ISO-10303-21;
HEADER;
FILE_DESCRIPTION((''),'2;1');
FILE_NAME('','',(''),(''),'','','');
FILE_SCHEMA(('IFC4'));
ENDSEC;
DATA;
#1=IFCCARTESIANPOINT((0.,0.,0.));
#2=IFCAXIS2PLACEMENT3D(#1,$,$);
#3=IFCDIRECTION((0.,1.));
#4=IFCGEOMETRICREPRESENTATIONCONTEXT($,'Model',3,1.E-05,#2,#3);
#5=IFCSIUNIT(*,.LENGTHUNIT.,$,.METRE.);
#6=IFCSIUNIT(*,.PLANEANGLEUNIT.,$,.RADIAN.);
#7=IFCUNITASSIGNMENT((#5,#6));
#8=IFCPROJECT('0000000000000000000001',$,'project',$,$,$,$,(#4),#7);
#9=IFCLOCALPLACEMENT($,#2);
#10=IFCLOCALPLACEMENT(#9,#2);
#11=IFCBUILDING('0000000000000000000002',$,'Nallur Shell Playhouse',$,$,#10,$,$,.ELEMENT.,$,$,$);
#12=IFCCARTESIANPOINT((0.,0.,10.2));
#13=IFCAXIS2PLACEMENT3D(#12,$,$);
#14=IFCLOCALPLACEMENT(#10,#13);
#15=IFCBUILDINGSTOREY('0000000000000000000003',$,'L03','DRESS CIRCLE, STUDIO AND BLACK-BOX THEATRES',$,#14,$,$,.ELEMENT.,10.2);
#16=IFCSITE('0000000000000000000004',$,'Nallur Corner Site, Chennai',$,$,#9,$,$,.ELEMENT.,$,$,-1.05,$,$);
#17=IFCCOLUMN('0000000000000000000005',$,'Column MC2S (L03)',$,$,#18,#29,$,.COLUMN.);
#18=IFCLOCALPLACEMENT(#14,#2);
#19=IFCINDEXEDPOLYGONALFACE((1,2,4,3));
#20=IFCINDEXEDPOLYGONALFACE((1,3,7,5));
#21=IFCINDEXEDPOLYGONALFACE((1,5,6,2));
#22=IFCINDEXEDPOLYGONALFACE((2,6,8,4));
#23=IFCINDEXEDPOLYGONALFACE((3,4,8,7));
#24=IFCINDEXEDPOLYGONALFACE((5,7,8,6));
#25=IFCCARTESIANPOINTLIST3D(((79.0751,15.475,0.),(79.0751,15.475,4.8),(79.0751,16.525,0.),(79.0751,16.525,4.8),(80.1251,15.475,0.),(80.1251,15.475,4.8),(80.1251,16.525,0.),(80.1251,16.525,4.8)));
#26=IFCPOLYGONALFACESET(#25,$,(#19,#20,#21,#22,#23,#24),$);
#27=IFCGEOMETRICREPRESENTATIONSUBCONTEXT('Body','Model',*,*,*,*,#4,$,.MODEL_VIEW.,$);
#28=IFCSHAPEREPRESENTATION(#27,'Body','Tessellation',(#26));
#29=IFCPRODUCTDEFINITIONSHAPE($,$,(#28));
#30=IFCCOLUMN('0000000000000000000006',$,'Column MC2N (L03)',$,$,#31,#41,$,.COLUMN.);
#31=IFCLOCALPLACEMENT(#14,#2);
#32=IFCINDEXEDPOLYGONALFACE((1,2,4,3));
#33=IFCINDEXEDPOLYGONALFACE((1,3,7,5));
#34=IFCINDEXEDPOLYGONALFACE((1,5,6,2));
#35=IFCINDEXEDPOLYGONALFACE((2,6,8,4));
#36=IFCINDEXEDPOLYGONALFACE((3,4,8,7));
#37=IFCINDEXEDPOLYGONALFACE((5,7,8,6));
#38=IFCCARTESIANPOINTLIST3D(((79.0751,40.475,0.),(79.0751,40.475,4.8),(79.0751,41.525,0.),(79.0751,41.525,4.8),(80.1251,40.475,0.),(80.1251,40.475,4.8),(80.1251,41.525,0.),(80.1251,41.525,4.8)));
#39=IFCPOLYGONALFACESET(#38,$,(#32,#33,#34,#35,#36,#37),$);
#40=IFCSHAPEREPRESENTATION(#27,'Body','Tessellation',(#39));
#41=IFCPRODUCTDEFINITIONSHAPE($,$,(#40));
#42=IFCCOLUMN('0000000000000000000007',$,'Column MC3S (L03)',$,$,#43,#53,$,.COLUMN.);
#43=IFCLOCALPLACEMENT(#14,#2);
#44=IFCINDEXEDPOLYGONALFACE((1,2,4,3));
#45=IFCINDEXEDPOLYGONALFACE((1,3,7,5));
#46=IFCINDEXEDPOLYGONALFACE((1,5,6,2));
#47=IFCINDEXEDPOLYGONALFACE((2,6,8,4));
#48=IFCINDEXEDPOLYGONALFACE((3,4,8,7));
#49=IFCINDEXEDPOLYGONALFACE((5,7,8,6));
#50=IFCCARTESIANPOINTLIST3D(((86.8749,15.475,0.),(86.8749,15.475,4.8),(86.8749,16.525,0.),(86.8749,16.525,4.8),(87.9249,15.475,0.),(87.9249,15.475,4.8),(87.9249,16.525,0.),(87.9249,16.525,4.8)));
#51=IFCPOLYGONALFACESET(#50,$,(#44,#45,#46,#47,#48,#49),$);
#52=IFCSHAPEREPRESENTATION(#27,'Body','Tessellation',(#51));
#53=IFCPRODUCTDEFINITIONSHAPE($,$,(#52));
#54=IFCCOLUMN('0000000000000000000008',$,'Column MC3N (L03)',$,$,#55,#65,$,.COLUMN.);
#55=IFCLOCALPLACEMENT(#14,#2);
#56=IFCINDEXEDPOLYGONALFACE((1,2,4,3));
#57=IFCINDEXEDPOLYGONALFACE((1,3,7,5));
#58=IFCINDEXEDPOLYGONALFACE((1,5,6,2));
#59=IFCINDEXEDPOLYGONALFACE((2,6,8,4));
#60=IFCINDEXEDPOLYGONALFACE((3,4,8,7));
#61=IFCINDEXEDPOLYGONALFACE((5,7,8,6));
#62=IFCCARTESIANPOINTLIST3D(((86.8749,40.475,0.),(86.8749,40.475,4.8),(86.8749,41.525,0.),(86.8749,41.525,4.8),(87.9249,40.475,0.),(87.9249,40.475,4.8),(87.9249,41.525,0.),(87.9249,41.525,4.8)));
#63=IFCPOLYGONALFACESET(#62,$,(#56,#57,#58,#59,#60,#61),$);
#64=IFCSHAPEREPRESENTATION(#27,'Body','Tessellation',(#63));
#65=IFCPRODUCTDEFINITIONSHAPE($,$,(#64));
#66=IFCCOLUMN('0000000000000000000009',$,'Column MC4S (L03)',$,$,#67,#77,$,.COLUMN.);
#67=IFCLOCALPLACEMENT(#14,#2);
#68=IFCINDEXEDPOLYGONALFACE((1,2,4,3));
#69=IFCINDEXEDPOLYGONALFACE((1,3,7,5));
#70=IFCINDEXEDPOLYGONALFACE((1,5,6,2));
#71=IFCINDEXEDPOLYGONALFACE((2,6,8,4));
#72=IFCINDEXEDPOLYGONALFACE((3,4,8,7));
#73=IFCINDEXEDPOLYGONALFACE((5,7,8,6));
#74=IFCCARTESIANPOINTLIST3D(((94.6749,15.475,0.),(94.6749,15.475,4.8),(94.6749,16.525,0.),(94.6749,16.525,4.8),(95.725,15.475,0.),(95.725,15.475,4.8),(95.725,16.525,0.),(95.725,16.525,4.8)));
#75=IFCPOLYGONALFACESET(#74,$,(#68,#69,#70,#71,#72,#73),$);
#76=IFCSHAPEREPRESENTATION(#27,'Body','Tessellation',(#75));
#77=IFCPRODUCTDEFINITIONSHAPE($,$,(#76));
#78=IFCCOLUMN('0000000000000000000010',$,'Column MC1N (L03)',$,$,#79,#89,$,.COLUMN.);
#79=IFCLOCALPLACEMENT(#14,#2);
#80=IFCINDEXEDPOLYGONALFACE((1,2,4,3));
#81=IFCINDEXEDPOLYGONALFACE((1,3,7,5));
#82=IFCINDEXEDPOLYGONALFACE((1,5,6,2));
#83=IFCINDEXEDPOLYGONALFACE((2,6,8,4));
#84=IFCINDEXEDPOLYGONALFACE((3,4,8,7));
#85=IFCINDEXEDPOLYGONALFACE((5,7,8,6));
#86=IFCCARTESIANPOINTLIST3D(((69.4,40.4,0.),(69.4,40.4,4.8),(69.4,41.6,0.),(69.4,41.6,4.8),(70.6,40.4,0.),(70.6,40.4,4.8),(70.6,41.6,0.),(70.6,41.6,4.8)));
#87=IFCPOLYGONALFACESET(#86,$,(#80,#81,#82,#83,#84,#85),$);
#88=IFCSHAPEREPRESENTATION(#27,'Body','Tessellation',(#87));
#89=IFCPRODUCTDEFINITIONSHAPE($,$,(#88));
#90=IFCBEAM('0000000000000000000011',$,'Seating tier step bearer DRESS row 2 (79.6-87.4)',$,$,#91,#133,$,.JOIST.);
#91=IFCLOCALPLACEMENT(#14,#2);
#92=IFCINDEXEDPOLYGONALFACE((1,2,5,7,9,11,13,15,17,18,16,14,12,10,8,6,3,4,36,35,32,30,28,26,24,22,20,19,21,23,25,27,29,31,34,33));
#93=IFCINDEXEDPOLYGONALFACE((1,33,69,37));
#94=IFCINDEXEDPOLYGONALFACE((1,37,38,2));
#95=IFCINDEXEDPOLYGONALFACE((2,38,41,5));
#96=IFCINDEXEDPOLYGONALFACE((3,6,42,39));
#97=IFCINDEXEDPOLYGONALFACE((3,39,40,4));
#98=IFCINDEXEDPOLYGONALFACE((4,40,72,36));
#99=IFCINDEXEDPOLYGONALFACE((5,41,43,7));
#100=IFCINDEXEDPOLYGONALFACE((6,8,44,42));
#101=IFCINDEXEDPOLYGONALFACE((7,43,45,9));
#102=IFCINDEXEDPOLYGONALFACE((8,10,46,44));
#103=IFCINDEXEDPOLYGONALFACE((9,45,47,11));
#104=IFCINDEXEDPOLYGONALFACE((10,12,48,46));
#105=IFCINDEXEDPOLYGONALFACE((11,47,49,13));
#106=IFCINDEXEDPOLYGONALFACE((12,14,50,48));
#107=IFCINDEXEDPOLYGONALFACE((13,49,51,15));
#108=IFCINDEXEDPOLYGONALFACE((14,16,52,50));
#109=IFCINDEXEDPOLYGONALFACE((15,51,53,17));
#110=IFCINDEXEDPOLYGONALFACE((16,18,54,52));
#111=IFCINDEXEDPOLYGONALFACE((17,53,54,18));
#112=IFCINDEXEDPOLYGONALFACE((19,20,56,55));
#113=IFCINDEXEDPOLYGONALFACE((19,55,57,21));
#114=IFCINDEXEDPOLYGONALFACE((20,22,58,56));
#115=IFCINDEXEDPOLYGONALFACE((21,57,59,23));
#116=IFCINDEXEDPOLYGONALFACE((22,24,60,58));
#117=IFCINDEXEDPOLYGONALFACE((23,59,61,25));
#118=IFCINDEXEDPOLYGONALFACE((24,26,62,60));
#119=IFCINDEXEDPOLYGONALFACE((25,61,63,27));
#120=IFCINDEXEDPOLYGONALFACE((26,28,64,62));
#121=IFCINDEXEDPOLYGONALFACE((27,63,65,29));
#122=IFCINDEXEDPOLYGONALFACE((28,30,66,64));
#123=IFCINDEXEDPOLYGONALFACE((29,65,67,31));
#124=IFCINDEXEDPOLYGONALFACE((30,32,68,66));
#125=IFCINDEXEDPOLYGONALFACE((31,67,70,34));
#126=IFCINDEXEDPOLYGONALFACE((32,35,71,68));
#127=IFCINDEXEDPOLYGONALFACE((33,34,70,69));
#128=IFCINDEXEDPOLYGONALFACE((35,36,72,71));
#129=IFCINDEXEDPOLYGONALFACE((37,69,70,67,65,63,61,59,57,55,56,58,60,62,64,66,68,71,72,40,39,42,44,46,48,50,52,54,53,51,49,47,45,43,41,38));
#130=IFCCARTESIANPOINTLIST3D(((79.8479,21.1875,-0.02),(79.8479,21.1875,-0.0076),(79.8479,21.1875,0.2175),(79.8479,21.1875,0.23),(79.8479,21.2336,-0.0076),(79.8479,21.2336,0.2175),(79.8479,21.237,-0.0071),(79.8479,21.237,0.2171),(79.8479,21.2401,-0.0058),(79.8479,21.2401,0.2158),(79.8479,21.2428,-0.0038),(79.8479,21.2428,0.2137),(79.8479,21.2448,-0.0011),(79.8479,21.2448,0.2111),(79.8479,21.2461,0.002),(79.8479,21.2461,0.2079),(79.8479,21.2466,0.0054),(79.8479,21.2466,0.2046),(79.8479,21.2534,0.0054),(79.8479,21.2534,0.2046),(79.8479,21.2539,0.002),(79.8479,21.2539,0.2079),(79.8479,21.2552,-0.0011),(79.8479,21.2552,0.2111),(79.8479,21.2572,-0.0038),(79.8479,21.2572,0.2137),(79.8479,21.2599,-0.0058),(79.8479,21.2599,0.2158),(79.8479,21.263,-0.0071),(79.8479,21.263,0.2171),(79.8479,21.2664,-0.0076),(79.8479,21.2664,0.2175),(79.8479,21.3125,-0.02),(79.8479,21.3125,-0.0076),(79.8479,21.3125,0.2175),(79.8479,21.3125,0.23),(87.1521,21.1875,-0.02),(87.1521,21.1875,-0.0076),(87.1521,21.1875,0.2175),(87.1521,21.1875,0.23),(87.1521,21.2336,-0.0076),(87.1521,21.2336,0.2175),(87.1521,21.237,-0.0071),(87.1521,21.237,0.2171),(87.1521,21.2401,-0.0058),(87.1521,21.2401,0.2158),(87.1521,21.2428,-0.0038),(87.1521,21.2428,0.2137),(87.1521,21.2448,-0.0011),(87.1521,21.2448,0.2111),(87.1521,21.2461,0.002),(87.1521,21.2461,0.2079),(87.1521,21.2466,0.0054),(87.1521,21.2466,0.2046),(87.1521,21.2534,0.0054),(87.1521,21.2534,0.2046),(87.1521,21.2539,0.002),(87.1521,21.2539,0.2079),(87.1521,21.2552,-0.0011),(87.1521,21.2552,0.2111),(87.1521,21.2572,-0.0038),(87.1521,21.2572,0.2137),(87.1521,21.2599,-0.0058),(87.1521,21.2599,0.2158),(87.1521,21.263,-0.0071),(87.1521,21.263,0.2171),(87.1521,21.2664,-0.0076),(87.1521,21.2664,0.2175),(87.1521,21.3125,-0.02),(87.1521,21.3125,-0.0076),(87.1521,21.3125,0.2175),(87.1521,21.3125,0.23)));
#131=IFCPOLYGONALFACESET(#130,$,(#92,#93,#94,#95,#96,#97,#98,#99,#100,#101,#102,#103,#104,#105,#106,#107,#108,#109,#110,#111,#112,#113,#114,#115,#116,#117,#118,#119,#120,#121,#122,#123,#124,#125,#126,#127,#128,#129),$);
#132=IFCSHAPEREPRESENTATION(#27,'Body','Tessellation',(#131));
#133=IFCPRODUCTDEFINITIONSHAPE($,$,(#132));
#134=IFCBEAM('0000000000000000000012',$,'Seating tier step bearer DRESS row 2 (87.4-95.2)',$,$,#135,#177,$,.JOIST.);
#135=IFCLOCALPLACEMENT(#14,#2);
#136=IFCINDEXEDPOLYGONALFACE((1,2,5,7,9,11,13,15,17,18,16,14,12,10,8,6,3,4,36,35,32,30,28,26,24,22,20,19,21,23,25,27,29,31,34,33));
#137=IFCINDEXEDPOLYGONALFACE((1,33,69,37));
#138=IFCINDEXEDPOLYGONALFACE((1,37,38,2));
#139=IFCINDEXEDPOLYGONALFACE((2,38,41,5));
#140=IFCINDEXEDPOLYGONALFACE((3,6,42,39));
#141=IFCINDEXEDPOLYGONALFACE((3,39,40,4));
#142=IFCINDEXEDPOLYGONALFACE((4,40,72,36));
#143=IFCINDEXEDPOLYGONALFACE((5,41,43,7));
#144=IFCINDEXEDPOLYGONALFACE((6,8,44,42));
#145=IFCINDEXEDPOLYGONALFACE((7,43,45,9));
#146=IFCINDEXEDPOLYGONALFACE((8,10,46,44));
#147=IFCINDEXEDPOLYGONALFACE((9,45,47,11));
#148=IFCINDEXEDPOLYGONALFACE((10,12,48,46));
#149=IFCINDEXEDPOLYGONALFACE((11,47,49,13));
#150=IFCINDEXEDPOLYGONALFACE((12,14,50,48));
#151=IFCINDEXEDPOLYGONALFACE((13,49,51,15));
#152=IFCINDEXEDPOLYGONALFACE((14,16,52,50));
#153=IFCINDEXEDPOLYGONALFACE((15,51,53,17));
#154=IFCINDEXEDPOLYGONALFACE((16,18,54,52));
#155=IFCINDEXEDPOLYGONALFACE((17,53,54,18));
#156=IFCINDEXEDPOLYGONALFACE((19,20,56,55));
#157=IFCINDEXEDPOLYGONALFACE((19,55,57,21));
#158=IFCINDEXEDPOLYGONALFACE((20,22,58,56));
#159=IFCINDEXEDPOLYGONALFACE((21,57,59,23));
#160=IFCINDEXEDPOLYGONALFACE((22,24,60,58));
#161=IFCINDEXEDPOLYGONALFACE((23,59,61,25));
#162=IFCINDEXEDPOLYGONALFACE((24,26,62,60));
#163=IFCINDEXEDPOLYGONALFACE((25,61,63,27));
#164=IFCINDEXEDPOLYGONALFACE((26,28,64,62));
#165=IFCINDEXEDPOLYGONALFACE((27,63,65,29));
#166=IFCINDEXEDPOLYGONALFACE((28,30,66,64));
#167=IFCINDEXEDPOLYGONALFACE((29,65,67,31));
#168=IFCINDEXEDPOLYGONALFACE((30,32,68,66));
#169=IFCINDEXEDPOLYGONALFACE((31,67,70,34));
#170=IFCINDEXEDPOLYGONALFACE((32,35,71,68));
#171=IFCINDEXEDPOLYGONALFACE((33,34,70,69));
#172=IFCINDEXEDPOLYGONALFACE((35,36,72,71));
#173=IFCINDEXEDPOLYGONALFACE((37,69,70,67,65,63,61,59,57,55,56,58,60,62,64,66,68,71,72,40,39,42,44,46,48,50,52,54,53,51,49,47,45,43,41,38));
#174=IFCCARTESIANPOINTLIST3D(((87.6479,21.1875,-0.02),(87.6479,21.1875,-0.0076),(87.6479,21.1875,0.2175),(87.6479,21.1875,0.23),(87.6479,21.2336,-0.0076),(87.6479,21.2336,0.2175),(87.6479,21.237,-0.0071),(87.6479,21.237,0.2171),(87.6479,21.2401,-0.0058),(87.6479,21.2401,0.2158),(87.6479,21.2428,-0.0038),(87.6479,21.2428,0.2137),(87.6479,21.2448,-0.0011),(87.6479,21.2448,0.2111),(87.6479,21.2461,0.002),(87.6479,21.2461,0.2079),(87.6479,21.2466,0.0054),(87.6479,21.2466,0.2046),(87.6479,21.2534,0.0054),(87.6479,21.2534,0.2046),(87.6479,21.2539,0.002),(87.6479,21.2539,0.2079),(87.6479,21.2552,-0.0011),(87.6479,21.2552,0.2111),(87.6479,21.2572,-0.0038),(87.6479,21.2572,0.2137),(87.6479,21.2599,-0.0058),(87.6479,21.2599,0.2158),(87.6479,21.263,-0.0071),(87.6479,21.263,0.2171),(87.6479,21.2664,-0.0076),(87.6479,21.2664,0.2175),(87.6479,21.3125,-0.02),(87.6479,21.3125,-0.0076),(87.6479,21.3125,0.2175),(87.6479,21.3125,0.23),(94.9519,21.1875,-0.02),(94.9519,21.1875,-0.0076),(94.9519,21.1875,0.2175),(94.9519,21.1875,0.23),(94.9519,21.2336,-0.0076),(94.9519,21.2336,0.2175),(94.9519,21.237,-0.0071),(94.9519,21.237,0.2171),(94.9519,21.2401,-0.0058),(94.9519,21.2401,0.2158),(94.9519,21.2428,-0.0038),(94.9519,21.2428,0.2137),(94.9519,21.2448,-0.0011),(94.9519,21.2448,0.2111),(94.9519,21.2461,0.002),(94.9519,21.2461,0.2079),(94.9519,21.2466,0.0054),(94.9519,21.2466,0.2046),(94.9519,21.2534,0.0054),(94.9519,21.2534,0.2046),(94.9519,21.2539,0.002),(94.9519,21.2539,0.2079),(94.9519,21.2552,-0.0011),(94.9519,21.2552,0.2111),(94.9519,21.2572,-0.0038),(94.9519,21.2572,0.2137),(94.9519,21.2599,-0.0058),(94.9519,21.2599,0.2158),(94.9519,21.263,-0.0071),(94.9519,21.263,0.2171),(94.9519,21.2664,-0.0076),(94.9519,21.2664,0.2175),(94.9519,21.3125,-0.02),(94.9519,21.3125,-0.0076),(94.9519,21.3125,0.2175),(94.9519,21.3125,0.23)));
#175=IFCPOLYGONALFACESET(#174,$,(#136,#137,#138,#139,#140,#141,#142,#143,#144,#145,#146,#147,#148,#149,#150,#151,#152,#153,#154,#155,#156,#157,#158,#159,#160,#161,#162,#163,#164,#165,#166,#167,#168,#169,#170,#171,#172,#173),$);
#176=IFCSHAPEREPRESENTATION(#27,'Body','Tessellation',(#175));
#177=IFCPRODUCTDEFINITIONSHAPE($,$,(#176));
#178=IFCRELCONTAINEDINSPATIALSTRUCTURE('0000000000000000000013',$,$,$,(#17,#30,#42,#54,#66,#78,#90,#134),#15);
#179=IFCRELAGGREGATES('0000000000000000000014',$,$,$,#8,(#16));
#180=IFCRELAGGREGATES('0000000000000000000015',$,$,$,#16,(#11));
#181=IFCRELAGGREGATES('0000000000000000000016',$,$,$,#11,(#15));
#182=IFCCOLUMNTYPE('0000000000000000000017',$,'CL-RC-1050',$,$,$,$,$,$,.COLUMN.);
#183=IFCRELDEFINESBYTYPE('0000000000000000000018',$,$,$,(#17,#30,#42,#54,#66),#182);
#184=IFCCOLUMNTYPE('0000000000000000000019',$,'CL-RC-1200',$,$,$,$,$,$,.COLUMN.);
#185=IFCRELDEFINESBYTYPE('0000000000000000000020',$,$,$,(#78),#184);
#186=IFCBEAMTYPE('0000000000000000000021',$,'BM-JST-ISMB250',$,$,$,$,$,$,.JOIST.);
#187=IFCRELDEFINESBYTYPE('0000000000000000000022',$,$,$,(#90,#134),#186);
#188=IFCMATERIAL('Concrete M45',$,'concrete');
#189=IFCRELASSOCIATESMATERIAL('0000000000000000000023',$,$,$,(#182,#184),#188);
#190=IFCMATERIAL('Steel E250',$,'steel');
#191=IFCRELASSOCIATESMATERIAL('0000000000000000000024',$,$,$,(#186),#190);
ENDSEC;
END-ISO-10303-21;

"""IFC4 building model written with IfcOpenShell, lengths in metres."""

from ifc_helpers import new_model, si_unit, direction, frame, origin, origin_2d, place, context, subcontext, project, spatial, rectangle, i_section, extrude, material, material_profile, profile_set, type_object, element, save


model = new_model("IFC4")

# Units and contexts
model_context = context("Model", 3, precision=1e-05, world=origin(), true_north=direction((0.0, 1.0)))
body_context = subcontext(model_context, "Body", "Model", "MODEL_VIEW")
ifc_project = project(units=[si_unit("LENGTHUNIT", "METRE"), si_unit("PLANEANGLEUNIT", "RADIAN")], contexts=[model_context])

# Site, building, storey
site_placement = place(None, origin())
site = spatial("IfcSite", under=ifc_project, at=site_placement, Name="Nallur Corner Site, Chennai", CompositionType="ELEMENT", RefElevation=-1.05)
building_placement = place(site_placement, origin())
building = spatial("IfcBuilding", under=site, at=building_placement, Name="Nallur Shell Playhouse", CompositionType="ELEMENT")
storey_placement = place(building_placement, frame((0.0, 0.0, 10.2)))
storey = spatial("IfcBuildingStorey", under=building, at=storey_placement, Name="L03", Description="DRESS CIRCLE, STUDIO AND BLACK-BOX THEATRES", CompositionType="ELEMENT", Elevation=10.2)

# Columns
ifc_material_1 = material(Name="Concrete M45", Category="concrete")
ifc_material_profile_1 = material_profile(ifc_material_1, rectangle(XDim=1.05, YDim=1.05, at=origin_2d()), Name="RC 1050x1050")
ifc_profile_set_1 = profile_set([ifc_material_profile_1], Name="Concrete M45")
column_type_1 = type_object("IfcColumnType", Name="CL-RC-1050", PredefinedType="COLUMN", material=ifc_profile_set_1)
for number, where, z_axis, x_axis, name in (
    (1, (79.6001, 16.0, 0.0), (0.0, 0.0, 1.0), (1.0, 0.0, 0.0), "Column MC2S (L03)"),
    (2, (79.6001, 41.0, 0.0), (0.0, 0.0, 1.0), (1.0, 0.0, 0.0), "Column MC2N (L03)"),
    (3, (87.3999, 16.0, 0.0), (0.0, 0.0, 1.0), (1.0, 0.0, 0.0), "Column MC3S (L03)"),
    (4, (87.3999, 41.0, 0.0), (0.0, 0.0, 1.0), (1.0, 0.0, 0.0), "Column MC3N (L03)"),
    (5, (95.2, 16.0, 0.0), (0.0, 0.0, 1.0), (1.0, 0.0, 0.0), "Column MC4S (L03)"),
):
    element("IfcColumn", number, at=place(storey_placement, frame(where, z_axis=z_axis, x_axis=x_axis)), inside=storey, type_object=column_type_1, Name=name, PredefinedType="COLUMN", context=body_context, shape_type="SweptSolid", body=[
        extrude(rectangle(XDim=1.05, YDim=1.05, at=origin_2d()), origin(), (0.0, 0.0, 1.0), 4.8),
    ])
ifc_material_profile_2 = material_profile(ifc_material_1, rectangle(XDim=1.2, YDim=1.2, at=origin_2d()), Name="RC 1200x1200")
ifc_profile_set_2 = profile_set([ifc_material_profile_2], Name="Concrete M45")
column_type_2 = type_object("IfcColumnType", Name="CL-RC-1200", PredefinedType="COLUMN", material=ifc_profile_set_2)
column_placement = place(storey_placement, frame((70.0, 41.0, 0.0), z_axis=(0.0, 0.0, 1.0), x_axis=(1.0, 0.0, 0.0)))
element("IfcColumn", 6, at=column_placement, inside=storey, type_object=column_type_2, Name="Column MC1N (L03)", PredefinedType="COLUMN", context=body_context, shape_type="SweptSolid", body=[
    extrude(rectangle(XDim=1.2, YDim=1.2, at=origin_2d()), origin(), (0.0, 0.0, 1.0), 4.8),
])

# Beams
ifc_material_2 = material(Name="Steel E250", Category="steel")
ifc_material_profile_3 = material_profile(ifc_material_2, i_section(OverallWidth=0.125, OverallDepth=0.25, WebThickness=0.0068, FlangeThickness=0.0125, FilletRadius=0.0129, at=origin_2d()), Name="ISMB 250")
ifc_profile_set_3 = profile_set([ifc_material_profile_3], Name="Steel E250")
beam_type_1 = type_object("IfcBeamType", Name="BM-JST-ISMB250", PredefinedType="JOIST", material=ifc_profile_set_3)
beam_1_placement = place(storey_placement, frame((79.8479, 21.25, 0.105), z_axis=(1.0, 0.0, 0.0), x_axis=(0.0, 1.0, 0.0)))
element("IfcBeam", 7, at=beam_1_placement, inside=storey, type_object=beam_type_1, Name="Seating tier step bearer DRESS row 2 (79.6-87.4)", PredefinedType="JOIST", context=body_context, shape_type="SweptSolid", body=[
    extrude(i_section(OverallWidth=0.125, OverallDepth=0.25, WebThickness=0.0068, FlangeThickness=0.0125, FilletRadius=0.0129, at=origin_2d()), origin(), (0.0, 0.0, 1.0), 7.3042),
])
beam_2_placement = place(storey_placement, frame((87.6479, 21.25, 0.105), z_axis=(1.0, 0.0, 0.0), x_axis=(0.0, 1.0, 0.0)))
element("IfcBeam", 8, at=beam_2_placement, inside=storey, type_object=beam_type_1, Name="Seating tier step bearer DRESS row 2 (87.4-95.2)", PredefinedType="JOIST", context=body_context, shape_type="SweptSolid", body=[
    extrude(i_section(OverallWidth=0.125, OverallDepth=0.25, WebThickness=0.0068, FlangeThickness=0.0125, FilletRadius=0.0129, at=origin_2d()), origin(), (0.0, 0.0, 1.0), 7.304),
])

save(model, "model.ifc")
